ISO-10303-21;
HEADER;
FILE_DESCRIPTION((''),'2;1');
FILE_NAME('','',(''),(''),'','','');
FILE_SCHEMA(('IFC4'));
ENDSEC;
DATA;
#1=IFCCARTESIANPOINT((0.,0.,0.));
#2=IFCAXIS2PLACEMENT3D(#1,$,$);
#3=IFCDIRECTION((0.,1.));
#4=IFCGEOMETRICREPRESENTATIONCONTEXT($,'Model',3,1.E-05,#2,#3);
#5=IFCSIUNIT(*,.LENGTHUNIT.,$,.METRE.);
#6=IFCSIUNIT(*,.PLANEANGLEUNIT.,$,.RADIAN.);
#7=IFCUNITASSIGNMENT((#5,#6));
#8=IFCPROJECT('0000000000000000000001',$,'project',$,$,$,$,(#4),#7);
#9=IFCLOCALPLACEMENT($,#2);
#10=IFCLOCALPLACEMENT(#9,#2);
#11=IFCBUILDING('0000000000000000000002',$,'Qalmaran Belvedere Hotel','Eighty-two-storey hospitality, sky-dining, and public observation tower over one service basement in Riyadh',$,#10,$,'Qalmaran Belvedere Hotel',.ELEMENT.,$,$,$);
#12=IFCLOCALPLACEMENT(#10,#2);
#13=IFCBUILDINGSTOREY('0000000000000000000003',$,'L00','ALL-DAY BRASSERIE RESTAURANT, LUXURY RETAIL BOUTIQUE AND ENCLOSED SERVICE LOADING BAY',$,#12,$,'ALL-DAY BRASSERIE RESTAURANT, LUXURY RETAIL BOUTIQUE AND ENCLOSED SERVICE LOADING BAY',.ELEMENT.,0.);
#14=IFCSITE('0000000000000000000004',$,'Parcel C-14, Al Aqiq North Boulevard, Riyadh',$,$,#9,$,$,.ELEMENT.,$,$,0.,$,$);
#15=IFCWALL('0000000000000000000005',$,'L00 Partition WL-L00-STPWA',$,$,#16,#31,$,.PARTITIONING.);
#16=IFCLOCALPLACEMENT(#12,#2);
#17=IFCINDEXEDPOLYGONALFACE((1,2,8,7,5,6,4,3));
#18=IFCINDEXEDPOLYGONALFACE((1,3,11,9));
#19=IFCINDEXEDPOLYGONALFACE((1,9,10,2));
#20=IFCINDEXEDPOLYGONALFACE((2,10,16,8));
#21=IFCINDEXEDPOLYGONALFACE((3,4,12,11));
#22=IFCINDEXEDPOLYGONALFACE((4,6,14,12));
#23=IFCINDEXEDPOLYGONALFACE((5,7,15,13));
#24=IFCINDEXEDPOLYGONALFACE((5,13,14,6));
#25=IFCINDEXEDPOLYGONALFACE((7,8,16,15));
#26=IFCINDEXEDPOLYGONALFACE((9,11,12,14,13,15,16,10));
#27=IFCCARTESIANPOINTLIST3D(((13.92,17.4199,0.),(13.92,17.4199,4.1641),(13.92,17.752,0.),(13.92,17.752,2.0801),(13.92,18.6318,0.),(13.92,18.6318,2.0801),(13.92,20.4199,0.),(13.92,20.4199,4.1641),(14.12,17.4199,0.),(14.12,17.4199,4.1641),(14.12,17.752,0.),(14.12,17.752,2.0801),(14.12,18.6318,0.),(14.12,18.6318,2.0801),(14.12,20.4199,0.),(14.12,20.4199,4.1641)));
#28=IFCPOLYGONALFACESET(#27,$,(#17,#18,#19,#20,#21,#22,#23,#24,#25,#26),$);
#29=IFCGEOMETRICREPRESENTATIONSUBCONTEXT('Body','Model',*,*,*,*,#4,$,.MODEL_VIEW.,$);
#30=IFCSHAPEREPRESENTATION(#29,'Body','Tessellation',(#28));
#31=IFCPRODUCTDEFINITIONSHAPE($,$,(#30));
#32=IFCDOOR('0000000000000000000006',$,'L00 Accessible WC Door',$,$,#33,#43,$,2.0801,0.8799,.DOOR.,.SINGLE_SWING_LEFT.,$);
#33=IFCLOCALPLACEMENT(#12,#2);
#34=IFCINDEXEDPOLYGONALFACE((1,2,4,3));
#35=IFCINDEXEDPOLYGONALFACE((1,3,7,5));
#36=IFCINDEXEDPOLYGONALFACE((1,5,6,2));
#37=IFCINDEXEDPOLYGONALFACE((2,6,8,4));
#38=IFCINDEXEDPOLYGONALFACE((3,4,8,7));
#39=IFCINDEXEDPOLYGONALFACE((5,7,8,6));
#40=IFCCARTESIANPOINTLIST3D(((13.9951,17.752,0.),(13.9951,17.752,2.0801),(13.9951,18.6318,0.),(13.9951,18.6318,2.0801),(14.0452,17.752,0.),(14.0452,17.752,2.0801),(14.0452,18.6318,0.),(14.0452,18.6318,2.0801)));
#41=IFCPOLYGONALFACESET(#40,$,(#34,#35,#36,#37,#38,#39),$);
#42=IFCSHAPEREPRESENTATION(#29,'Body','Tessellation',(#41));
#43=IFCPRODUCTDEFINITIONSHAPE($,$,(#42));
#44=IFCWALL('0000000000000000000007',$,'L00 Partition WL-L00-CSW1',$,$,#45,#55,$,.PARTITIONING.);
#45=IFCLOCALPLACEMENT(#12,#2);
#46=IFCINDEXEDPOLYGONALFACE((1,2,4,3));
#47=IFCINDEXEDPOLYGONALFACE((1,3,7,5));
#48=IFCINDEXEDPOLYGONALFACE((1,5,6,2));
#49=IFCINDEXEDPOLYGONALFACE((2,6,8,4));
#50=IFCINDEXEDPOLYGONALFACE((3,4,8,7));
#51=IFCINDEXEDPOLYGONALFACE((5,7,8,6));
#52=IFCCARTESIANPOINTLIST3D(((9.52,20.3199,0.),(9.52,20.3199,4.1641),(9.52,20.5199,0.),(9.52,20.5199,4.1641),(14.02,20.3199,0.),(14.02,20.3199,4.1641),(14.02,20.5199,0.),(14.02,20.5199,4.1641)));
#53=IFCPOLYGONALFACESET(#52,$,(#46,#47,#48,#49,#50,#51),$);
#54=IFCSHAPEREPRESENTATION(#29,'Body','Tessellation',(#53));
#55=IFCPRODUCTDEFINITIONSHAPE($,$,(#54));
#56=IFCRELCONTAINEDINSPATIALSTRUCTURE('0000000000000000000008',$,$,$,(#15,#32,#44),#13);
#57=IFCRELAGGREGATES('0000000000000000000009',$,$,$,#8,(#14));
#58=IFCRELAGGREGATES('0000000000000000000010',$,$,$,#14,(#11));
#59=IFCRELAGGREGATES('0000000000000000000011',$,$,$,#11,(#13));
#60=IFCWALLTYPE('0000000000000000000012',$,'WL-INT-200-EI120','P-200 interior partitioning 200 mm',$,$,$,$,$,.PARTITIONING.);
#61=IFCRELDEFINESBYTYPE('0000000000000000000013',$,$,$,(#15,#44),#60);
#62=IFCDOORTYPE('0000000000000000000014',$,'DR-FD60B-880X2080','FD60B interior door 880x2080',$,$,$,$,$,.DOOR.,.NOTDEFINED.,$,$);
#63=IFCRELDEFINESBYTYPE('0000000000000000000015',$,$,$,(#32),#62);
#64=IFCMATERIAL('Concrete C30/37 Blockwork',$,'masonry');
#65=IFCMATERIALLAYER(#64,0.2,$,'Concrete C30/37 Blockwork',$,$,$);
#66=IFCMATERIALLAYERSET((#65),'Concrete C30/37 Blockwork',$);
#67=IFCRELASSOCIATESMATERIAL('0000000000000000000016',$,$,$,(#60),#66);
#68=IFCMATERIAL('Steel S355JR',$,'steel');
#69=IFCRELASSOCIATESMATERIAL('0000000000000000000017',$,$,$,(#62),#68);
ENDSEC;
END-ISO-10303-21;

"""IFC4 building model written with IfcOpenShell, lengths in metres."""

from ifc_helpers import new_model, si_unit, direction, frame, frame_2d, origin, place, context, subcontext, project, spatial, rectangle, extrude, material, layer, layer_set, type_object, element, fill, save


model = new_model("IFC4")

# Units and contexts
model_context = context("Model", 3, precision=1e-05, world=origin(), true_north=direction((0.0, 1.0)))
body_context = subcontext(model_context, "Body", "Model", "MODEL_VIEW")
ifc_project = project(units=[si_unit("LENGTHUNIT", "METRE"), si_unit("PLANEANGLEUNIT", "RADIAN")], contexts=[model_context])

# Site, building, storey
site_placement = place(None, origin())
site = spatial("IfcSite", under=ifc_project, at=site_placement, Name="Parcel C-14, Al Aqiq North Boulevard, Riyadh", CompositionType="ELEMENT", RefElevation=0.0)
building_placement = place(site_placement, origin())
building = spatial("IfcBuilding", under=site, at=building_placement, Name="Qalmaran Belvedere Hotel", Description="Eighty-two-storey hospitality, sky-dining, and public observation tower over one service basement in Riyadh", LongName="Qalmaran Belvedere Hotel", CompositionType="ELEMENT")
storey_placement = place(building_placement, origin())
storey = spatial("IfcBuildingStorey", under=building, at=storey_placement, Name="L00", Description="ALL-DAY BRASSERIE RESTAURANT, LUXURY RETAIL BOUTIQUE AND ENCLOSED SERVICE LOADING BAY", LongName="ALL-DAY BRASSERIE RESTAURANT, LUXURY RETAIL BOUTIQUE AND ENCLOSED SERVICE LOADING BAY", CompositionType="ELEMENT", Elevation=0.0)

# Shared definitions
ifc_material_1 = material(Name="Steel S355JR", Category="steel")

# Wall, opening, door
ifc_material_2 = material(Name="Concrete C30/37 Blockwork", Category="masonry")
ifc_layer_1 = layer(ifc_material_2, 0.2, Name="Concrete C30/37 Blockwork")
ifc_layer_set_1 = layer_set([ifc_layer_1], Name="Concrete C30/37 Blockwork")
wall_type_1 = type_object("IfcWallType", Name="WL-INT-200-EI120", Description="P-200 interior partitioning 200 mm", PredefinedType="PARTITIONING", material=ifc_layer_set_1)
wall_1_placement = place(storey_placement, frame((14.02, 17.4199, 0.0), z_axis=(0.0, 0.0, 1.0), x_axis=(0.0, 1.0, 0.0)))
wall_1 = element("IfcWall", 1, at=wall_1_placement, inside=storey, type_object=wall_type_1, Name="L00 Partition WL-L00-STPWA", PredefinedType="PARTITIONING", context=body_context, shape_type="SweptSolid", body=[
    extrude(rectangle(XDim=3.0, YDim=0.2, at=frame_2d((1.5, 0.0))), origin(), (0.0, 0.0, 1.0), 4.1641),
])
opening_1_placement = place(wall_1_placement, frame((0.332, 0.0, 0.0)))
opening_1 = element("IfcOpeningElement", 2, at=opening_1_placement, cuts=wall_1, PredefinedType="OPENING", context=body_context, shape_type="SweptSolid", body=[
    extrude(rectangle(XDim=0.8799, YDim=2.0801, at=frame_2d((0.4399, 1.04))), frame((0.0, 0.1099, 0.0), z_axis=(0.0, -1.0, 0.0), x_axis=(1.0, 0.0, 0.0)), (0.0, 0.0, 1.0), 0.22),
])
door_type_1 = type_object("IfcDoorType", Name="DR-FD60B-880X2080", Description="FD60B interior door 880x2080", OperationType="NOTDEFINED", PredefinedType="DOOR", material=ifc_material_1)
door_1_placement = place(opening_1_placement, origin())
door_1 = element("IfcDoor", 3, at=door_1_placement, inside=storey, type_object=door_type_1, Name="L00 Accessible WC Door", OperationType="SINGLE_SWING_LEFT", OverallHeight=2.0801, OverallWidth=0.8799, PredefinedType="DOOR", context=body_context, shape_type="SweptSolid", body=[
    extrude(rectangle(XDim=0.8799, YDim=2.0801, at=frame_2d((0.4399, 1.04))), frame((0.0, 0.0249, 0.0), z_axis=(0.0, -1.0, 0.0), x_axis=(1.0, 0.0, 0.0)), (0.0, 0.0, 1.0), 0.05),
])
fill(opening_1, door_1)

# Wall
wall_2_placement = place(storey_placement, frame((9.52, 20.4199, 0.0), z_axis=(0.0, 0.0, 1.0), x_axis=(1.0, 0.0, 0.0)))
element("IfcWall", 4, at=wall_2_placement, inside=storey, type_object=wall_type_1, Name="L00 Partition WL-L00-CSW1", PredefinedType="PARTITIONING", context=body_context, shape_type="SweptSolid", body=[
    extrude(rectangle(XDim=4.5, YDim=0.2, at=frame_2d((2.25, 0.0))), origin(), (0.0, 0.0, 1.0), 4.1641),
])

save(model, "model.ifc")
